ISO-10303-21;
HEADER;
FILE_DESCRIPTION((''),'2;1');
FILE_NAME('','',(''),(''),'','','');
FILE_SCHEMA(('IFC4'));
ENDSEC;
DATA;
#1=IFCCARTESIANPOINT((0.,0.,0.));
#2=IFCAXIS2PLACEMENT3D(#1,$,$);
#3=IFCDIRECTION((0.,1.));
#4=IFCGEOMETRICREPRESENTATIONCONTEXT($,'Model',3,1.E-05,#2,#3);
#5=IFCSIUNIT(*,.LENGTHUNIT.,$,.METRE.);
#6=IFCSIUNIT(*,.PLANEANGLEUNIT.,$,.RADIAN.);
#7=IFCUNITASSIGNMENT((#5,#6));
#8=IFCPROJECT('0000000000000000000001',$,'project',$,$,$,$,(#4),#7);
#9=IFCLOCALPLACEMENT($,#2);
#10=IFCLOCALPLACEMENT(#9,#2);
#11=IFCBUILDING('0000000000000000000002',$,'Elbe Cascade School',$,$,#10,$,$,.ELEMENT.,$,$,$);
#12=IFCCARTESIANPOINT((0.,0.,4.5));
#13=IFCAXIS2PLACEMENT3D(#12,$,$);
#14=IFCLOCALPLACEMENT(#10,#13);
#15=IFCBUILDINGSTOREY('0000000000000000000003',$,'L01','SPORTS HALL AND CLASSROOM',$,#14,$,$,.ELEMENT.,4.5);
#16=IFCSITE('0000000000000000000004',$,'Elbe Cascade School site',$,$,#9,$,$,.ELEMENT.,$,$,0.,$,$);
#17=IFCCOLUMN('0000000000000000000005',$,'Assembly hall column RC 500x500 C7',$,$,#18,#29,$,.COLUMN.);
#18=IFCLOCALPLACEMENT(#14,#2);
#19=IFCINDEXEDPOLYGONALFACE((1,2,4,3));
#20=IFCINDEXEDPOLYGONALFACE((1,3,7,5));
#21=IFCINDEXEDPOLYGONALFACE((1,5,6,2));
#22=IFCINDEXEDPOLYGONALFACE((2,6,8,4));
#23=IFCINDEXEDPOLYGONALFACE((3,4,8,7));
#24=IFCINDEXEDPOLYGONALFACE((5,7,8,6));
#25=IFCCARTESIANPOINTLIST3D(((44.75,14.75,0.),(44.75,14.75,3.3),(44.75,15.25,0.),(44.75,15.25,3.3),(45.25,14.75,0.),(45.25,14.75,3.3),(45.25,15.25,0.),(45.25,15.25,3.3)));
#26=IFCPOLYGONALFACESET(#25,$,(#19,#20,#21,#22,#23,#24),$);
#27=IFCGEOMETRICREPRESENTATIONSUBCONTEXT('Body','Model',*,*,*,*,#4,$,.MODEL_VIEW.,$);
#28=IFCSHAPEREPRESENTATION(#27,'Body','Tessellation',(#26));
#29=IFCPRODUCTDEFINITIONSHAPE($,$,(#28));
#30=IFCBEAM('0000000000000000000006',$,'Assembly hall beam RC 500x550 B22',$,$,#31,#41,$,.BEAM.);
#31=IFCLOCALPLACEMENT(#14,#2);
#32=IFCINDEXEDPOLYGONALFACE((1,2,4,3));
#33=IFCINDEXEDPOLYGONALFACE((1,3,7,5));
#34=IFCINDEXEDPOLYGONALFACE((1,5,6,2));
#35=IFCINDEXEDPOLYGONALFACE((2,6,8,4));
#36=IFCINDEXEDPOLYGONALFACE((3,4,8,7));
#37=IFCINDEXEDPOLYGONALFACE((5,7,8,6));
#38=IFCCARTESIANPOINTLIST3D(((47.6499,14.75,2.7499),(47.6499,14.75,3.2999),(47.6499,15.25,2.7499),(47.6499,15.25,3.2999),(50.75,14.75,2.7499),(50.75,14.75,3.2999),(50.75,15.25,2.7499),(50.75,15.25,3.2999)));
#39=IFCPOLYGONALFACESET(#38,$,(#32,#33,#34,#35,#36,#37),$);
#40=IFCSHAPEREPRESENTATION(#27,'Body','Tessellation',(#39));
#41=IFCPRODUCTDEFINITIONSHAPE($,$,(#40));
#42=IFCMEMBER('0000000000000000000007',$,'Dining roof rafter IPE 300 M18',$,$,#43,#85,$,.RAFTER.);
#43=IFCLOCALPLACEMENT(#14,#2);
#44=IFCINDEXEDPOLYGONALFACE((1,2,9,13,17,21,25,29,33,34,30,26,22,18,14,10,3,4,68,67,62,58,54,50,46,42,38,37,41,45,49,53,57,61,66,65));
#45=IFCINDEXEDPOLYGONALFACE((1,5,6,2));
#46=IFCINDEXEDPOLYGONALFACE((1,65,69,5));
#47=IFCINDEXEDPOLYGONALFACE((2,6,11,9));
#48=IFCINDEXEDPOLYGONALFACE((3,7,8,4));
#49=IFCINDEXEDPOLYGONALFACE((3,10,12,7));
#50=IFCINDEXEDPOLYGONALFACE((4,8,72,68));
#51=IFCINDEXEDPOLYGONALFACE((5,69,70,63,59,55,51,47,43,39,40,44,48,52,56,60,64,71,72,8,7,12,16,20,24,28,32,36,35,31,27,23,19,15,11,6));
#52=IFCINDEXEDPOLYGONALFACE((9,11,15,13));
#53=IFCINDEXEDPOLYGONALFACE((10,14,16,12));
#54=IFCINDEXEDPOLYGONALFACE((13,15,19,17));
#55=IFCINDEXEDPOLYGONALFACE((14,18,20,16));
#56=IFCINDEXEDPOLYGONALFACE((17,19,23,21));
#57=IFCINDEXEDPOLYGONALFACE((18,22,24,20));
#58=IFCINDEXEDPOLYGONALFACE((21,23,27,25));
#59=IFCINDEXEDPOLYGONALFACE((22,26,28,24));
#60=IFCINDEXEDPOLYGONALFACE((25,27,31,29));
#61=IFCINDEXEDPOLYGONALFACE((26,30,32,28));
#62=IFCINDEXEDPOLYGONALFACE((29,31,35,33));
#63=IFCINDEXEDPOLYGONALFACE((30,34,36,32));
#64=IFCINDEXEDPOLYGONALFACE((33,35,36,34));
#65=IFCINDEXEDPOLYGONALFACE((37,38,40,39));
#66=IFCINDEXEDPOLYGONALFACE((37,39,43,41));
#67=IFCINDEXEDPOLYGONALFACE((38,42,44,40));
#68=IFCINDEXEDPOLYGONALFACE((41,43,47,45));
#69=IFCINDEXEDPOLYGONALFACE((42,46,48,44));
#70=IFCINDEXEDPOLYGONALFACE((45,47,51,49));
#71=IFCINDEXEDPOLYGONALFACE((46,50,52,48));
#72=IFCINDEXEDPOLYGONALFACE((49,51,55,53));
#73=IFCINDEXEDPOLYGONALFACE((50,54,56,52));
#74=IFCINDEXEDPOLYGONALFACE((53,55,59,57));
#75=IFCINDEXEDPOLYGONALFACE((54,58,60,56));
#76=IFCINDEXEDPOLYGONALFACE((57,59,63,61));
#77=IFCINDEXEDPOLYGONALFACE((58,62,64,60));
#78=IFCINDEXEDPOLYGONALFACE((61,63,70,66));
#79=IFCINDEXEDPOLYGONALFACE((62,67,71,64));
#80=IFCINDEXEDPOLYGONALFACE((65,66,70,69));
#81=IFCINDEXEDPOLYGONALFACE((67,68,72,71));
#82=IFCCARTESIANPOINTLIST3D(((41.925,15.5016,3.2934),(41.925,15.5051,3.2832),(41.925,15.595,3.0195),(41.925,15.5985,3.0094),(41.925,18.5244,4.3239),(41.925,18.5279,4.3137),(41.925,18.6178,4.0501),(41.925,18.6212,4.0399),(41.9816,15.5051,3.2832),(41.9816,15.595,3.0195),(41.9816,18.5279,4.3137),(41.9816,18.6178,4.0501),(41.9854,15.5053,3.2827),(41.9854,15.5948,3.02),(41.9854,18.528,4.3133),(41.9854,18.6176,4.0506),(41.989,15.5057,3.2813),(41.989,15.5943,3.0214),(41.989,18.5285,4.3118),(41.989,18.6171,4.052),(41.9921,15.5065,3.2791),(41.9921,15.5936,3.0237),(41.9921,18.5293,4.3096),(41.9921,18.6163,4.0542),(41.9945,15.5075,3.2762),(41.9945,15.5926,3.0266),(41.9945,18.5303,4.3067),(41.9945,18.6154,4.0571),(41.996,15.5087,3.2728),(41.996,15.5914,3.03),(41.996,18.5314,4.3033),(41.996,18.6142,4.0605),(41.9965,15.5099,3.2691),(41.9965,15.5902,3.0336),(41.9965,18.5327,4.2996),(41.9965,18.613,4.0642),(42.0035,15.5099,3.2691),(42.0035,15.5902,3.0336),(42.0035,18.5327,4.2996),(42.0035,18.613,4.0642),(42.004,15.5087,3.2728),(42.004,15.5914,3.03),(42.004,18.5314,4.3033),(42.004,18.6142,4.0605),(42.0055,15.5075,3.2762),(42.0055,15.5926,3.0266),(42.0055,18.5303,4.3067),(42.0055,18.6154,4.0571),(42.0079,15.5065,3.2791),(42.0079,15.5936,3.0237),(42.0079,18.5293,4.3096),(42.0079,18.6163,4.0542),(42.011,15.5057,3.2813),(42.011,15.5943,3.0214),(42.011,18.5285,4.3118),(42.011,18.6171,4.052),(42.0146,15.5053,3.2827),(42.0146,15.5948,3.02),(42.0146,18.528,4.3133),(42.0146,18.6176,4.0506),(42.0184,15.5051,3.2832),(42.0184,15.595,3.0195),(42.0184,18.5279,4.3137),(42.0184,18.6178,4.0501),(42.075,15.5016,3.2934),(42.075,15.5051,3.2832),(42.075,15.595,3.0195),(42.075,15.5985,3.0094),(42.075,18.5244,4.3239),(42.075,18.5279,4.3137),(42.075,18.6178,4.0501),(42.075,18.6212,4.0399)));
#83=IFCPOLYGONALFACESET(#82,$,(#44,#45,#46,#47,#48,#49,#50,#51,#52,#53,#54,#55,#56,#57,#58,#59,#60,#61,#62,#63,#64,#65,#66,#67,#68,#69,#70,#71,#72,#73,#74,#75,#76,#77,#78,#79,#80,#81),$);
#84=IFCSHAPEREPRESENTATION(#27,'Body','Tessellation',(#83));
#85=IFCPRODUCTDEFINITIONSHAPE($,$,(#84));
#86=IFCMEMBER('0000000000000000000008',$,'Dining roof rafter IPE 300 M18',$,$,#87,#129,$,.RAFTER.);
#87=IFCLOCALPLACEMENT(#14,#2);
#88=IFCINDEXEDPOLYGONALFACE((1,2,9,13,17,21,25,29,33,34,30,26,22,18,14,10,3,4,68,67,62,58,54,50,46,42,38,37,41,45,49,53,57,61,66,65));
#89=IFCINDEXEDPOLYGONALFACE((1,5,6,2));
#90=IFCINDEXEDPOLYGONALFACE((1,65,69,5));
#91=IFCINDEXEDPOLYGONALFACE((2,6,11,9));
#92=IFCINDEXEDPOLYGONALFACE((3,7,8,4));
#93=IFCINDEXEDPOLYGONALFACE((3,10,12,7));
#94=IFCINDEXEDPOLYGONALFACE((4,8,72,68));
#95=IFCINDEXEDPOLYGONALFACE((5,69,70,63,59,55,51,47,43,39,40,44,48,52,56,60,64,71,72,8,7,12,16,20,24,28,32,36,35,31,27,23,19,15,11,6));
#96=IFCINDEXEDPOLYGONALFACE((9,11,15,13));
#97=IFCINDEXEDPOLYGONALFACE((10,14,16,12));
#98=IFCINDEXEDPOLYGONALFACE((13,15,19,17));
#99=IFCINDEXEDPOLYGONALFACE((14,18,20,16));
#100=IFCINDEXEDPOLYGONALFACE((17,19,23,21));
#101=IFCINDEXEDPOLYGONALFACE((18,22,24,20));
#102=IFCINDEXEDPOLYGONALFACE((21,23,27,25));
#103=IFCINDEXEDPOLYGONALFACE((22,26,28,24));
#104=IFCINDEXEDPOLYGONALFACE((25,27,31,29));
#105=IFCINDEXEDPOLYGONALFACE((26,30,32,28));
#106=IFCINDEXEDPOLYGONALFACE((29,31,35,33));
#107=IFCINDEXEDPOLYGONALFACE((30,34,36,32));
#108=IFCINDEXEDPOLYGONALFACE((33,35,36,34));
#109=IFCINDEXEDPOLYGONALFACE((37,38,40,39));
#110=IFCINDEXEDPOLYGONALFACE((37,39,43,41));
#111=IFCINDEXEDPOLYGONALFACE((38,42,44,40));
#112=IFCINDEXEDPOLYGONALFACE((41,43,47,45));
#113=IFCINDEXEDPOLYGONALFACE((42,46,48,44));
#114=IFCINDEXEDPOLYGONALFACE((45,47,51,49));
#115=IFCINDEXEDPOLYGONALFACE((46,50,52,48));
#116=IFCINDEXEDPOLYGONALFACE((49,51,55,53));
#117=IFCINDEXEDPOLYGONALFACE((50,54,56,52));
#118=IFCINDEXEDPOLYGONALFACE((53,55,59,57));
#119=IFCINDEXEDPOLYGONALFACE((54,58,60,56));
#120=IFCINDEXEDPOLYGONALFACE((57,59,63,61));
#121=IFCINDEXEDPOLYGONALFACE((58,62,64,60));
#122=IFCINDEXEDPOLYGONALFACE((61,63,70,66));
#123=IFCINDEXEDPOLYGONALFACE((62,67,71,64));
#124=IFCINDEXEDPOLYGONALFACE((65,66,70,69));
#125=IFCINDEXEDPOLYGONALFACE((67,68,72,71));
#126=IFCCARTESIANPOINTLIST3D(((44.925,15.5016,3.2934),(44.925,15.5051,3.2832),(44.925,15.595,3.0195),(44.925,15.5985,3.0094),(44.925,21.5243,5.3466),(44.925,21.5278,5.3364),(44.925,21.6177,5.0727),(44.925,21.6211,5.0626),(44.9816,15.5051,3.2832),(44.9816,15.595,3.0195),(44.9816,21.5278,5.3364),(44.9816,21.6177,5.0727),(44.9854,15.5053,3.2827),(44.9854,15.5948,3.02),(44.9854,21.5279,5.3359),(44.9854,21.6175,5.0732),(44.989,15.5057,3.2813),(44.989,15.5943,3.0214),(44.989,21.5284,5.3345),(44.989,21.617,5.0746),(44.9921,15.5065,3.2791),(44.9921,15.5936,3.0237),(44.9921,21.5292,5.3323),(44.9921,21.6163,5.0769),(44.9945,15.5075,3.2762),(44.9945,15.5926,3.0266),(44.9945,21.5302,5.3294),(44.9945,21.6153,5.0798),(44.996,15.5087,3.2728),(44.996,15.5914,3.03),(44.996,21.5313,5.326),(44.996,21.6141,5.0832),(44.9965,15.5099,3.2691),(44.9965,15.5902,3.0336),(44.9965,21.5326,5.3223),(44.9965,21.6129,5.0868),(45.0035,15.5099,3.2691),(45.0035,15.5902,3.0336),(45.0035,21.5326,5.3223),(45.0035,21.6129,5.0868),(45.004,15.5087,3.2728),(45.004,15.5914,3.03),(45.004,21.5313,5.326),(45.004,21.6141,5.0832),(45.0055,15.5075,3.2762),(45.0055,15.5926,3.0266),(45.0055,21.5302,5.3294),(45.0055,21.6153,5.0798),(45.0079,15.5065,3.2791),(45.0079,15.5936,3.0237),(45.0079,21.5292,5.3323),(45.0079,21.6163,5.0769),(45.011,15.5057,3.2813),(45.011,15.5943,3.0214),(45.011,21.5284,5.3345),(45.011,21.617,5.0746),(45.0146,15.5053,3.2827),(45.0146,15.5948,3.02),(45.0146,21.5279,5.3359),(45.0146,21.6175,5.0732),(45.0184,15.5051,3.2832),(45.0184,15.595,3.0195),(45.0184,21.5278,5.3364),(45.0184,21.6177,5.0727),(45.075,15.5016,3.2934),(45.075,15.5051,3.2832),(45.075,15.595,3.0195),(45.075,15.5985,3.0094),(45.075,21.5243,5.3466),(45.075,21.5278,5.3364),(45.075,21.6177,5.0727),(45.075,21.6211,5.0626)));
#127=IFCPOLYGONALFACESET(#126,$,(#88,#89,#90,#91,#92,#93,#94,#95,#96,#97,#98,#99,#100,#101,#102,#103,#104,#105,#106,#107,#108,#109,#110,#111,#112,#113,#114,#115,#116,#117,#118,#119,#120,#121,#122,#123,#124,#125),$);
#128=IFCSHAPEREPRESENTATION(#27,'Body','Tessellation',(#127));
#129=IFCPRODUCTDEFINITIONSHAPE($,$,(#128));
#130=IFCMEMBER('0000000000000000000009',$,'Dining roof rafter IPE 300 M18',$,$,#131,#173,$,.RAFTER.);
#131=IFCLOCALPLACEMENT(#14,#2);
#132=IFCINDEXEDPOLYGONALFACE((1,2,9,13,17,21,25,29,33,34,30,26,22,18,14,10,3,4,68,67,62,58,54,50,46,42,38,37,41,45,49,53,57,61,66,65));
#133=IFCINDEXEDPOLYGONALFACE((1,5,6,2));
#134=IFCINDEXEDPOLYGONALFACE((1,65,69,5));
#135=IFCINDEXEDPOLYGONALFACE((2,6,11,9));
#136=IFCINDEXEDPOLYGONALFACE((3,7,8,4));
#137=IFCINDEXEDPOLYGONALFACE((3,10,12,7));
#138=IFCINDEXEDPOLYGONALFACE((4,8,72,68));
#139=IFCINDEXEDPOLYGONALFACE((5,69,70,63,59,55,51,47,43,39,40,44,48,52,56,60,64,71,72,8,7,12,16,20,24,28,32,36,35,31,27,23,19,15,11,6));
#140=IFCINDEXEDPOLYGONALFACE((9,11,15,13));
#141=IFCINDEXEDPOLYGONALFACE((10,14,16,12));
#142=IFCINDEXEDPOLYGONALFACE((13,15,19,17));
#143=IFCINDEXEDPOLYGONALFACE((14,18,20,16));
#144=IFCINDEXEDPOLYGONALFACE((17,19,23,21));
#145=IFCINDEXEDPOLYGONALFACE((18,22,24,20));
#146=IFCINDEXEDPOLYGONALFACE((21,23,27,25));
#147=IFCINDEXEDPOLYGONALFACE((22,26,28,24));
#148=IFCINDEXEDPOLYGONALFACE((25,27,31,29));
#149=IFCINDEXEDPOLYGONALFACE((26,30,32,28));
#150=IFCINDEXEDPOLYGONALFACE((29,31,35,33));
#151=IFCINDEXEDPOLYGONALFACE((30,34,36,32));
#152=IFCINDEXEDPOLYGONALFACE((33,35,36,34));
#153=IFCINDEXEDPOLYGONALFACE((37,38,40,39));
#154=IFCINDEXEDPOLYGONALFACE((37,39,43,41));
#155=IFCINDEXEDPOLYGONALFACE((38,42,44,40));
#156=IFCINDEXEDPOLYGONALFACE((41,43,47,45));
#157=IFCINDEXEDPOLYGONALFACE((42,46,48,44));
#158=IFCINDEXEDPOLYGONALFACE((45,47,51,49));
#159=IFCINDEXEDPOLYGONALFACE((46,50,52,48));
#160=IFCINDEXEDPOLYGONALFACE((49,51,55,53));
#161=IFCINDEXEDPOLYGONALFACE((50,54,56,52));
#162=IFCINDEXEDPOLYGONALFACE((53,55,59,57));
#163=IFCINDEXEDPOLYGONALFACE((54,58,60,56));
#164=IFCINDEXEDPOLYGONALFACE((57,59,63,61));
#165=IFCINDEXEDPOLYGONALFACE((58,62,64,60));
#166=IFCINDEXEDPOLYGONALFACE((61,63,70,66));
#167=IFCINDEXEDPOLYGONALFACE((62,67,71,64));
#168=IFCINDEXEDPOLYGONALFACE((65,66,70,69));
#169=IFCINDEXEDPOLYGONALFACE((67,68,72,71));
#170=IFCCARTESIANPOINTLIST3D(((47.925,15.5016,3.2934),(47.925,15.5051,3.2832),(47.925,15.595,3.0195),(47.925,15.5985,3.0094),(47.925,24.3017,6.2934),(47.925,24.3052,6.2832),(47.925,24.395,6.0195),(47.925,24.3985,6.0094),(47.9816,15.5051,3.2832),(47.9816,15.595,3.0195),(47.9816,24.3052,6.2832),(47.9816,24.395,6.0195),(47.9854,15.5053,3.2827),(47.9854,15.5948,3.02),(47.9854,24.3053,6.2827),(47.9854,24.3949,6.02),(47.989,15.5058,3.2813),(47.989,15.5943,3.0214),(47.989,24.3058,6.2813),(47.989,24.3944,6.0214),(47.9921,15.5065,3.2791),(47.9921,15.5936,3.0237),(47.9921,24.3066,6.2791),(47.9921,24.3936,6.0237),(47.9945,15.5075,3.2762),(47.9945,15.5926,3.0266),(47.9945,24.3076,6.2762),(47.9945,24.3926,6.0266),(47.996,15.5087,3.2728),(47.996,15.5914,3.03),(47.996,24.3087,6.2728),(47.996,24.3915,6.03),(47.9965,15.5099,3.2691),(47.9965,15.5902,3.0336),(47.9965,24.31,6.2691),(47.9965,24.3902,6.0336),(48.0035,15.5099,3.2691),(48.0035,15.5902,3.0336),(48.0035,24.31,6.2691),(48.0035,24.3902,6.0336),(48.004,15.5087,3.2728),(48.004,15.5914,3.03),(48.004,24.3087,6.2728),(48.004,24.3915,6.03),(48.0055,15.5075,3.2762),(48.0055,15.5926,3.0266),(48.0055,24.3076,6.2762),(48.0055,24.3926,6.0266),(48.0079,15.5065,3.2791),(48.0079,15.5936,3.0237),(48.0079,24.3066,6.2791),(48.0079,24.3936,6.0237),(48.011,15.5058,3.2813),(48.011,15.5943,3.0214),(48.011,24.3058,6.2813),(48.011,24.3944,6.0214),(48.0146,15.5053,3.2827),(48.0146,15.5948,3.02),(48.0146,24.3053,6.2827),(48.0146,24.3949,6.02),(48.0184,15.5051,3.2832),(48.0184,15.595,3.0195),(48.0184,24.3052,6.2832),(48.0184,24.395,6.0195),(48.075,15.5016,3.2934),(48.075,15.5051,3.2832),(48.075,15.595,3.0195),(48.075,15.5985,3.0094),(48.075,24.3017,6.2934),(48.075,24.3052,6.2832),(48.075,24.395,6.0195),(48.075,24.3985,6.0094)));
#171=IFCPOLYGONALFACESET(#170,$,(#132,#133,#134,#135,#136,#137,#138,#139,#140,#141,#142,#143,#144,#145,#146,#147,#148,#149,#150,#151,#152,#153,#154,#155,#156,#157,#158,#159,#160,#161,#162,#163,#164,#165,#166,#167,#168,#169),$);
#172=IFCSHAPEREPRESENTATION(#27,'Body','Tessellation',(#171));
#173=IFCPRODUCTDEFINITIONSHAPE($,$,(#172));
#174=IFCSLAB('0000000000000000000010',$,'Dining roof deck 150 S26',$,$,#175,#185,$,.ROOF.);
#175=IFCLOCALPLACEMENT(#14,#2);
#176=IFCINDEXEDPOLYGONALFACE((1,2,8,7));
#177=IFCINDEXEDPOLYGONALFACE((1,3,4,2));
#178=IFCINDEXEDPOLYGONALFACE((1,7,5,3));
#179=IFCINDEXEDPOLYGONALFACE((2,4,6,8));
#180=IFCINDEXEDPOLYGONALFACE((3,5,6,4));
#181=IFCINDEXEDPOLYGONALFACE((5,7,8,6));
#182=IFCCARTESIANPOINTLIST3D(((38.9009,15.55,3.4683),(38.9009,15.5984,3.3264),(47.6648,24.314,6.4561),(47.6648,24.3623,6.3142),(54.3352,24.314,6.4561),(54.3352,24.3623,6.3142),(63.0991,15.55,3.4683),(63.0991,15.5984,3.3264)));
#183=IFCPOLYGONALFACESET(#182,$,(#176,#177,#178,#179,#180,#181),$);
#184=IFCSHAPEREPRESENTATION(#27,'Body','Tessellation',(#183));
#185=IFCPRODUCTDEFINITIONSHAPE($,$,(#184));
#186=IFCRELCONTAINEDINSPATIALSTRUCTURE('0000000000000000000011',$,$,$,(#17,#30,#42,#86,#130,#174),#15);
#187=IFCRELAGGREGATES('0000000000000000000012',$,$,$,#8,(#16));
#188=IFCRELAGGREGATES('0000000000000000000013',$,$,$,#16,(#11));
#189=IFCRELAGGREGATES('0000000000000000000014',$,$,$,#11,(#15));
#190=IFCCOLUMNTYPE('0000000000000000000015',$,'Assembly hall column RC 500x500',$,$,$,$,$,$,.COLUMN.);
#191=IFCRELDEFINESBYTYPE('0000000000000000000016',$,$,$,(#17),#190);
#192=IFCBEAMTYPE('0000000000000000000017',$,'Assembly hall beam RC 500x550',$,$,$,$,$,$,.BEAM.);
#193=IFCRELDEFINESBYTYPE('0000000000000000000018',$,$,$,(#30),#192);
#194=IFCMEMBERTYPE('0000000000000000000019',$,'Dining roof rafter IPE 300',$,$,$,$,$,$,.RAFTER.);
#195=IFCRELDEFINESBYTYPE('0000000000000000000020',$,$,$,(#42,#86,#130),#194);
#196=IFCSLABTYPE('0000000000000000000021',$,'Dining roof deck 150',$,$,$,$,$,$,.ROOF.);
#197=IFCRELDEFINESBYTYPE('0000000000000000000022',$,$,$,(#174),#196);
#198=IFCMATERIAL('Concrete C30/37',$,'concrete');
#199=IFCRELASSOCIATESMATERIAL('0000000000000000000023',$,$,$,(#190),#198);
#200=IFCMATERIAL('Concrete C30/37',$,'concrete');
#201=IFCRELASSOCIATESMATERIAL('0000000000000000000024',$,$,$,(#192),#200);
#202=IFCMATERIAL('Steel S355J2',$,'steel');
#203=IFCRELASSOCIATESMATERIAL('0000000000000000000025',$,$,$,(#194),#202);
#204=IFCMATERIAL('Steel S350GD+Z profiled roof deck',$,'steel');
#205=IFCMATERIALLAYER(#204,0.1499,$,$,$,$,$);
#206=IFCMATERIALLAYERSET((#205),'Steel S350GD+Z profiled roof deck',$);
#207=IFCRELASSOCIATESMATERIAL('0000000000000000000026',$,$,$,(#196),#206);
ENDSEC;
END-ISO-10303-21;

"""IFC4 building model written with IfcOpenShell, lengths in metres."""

from ifc_helpers import new_model, si_unit, direction, frame, origin, origin_2d, place, context, subcontext, project, spatial, polyline, rectangle, i_section, outline, extrude, material, layer, layer_set, material_profile, profile_set, type_object, element, save


model = new_model("IFC4")

# Units and contexts
model_context = context("Model", 3, precision=1e-05, world=origin(), true_north=direction((0.0, 1.0)))
body_context = subcontext(model_context, "Body", "Model", "MODEL_VIEW")
ifc_project = project(units=[si_unit("LENGTHUNIT", "METRE"), si_unit("PLANEANGLEUNIT", "RADIAN")], contexts=[model_context])

# Site, building, storey
site_placement = place(None, origin())
site = spatial("IfcSite", under=ifc_project, at=site_placement, Name="Elbe Cascade School site", CompositionType="ELEMENT", RefElevation=0.0)
building_placement = place(site_placement, origin())
building = spatial("IfcBuilding", under=site, at=building_placement, Name="Elbe Cascade School", CompositionType="ELEMENT")
storey_placement = place(building_placement, frame((0.0, 0.0, 4.5)))
storey = spatial("IfcBuildingStorey", under=building, at=storey_placement, Name="L01", Description="SPORTS HALL AND CLASSROOM", CompositionType="ELEMENT", Elevation=4.5)

# Column
ifc_material_1 = material(Name="Concrete C30/37", Category="concrete")
ifc_material_profile_1 = material_profile(ifc_material_1, rectangle(XDim=0.5, YDim=0.5, at=origin_2d()), Name="RC 500x500")
ifc_profile_set_1 = profile_set([ifc_material_profile_1], Name="Concrete C30/37")
column_type = type_object("IfcColumnType", Name="Assembly hall column RC 500x500", PredefinedType="COLUMN", material=ifc_profile_set_1)
column_placement = place(storey_placement, frame((45.0, 15.0, 0.0), z_axis=(0.0, 0.0, 1.0), x_axis=(1.0, 0.0, 0.0)))
element("IfcColumn", 1, at=column_placement, inside=storey, type_object=column_type, Name="Assembly hall column RC 500x500 C7", PredefinedType="COLUMN", context=body_context, shape_type="SweptSolid", body=[
    extrude(rectangle(XDim=0.5, YDim=0.5, at=origin_2d()), origin(), (0.0, 0.0, 1.0), 3.3),
])

# Beam
ifc_material_2 = material(Name="Concrete C30/37", Category="concrete")
ifc_material_profile_2 = material_profile(ifc_material_2, rectangle(XDim=0.5, YDim=0.55, at=origin_2d()), Name="RC 500x550")
ifc_profile_set_2 = profile_set([ifc_material_profile_2], Name="Concrete C30/37")
beam_type = type_object("IfcBeamType", Name="Assembly hall beam RC 500x550", PredefinedType="BEAM", material=ifc_profile_set_2)
beam_placement = place(storey_placement, frame((47.6499, 15.0, 3.0249), z_axis=(1.0, 0.0, 0.0), x_axis=(0.0, 1.0, 0.0)))
element("IfcBeam", 2, at=beam_placement, inside=storey, type_object=beam_type, Name="Assembly hall beam RC 500x550 B22", PredefinedType="BEAM", context=body_context, shape_type="SweptSolid", body=[
    extrude(rectangle(XDim=0.5, YDim=0.55, at=origin_2d()), origin(), (0.0, 0.0, 1.0), 3.1001),
])

# Members
ifc_material_3 = material(Name="Steel S355J2", Category="steel")
ifc_material_profile_3 = material_profile(ifc_material_3, i_section(OverallWidth=0.1499, OverallDepth=0.3, WebThickness=0.0071, FlangeThickness=0.0107, FilletRadius=0.0149, at=origin_2d()), Name="IPE 300")
ifc_profile_set_3 = profile_set([ifc_material_profile_3], Name="Steel S355J2")
member_type = type_object("IfcMemberType", Name="Dining roof rafter IPE 300", PredefinedType="RAFTER", material=ifc_profile_set_3)
member_1_placement = place(storey_placement, frame((42.0, 15.55, 3.1514), z_axis=(0.0, 0.946505, 0.322688), x_axis=(-1.0, 0.0, 0.0)))
element("IfcMember", 3, at=member_1_placement, inside=storey, type_object=member_type, Name="Dining roof rafter IPE 300 M18", PredefinedType="RAFTER", context=body_context, shape_type="SweptSolid", body=[
    extrude(i_section(OverallWidth=0.1499, OverallDepth=0.3, WebThickness=0.0071, FlangeThickness=0.0107, FilletRadius=0.0149, at=origin_2d()), origin(), (0.0, 0.0, 1.0), 3.1936),
])
member_2_placement = place(storey_placement, frame((45.0, 15.55, 3.1514), z_axis=(0.0, 0.946509, 0.322678), x_axis=(-1.0, 0.0, 0.0)))
element("IfcMember", 4, at=member_2_placement, inside=storey, type_object=member_type, Name="Dining roof rafter IPE 300 M18", PredefinedType="RAFTER", context=body_context, shape_type="SweptSolid", body=[
    extrude(i_section(OverallWidth=0.1499, OverallDepth=0.3, WebThickness=0.0071, FlangeThickness=0.0107, FilletRadius=0.0149, at=origin_2d()), origin(), (0.0, 0.0, 1.0), 6.363),
])
member_3_placement = place(storey_placement, frame((48.0, 15.55, 3.1514), z_axis=(0.0, 0.946511, 0.322672), x_axis=(-1.0, 0.0, 0.0)))
element("IfcMember", 5, at=member_3_placement, inside=storey, type_object=member_type, Name="Dining roof rafter IPE 300 M18", PredefinedType="RAFTER", context=body_context, shape_type="SweptSolid", body=[
    extrude(i_section(OverallWidth=0.1499, OverallDepth=0.3, WebThickness=0.0071, FlangeThickness=0.0107, FilletRadius=0.0149, at=origin_2d()), origin(), (0.0, 0.0, 1.0), 9.2974),
])

# Slab
ifc_material_4 = material(Name="Steel S350GD+Z profiled roof deck", Category="steel")
ifc_layer_1 = layer(ifc_material_4, 0.1499)
ifc_layer_set_1 = layer_set([ifc_layer_1], Name="Steel S350GD+Z profiled roof deck")
slab_type = type_object("IfcSlabType", Name="Dining roof deck 150", PredefinedType="ROOF", material=ifc_layer_set_1)
slab_1_placement = place(storey_placement, frame((47.6648, 24.314, 6.4561), z_axis=(0.0, -0.322683, 0.946507), x_axis=(1.0, 0.0, 0.0)))
element("IfcSlab", 6, at=slab_1_placement, inside=storey, type_object=slab_type, Name="Dining roof deck 150 S26", PredefinedType="ROOF", context=body_context, shape_type="SweptSolid", body=[
    extrude(outline(polyline([(0.0, 0.0), (6.6704, 0.0), (15.4343, -9.2592), (-8.7639, -9.2592), (0.0, 0.0)])), origin(), (0.0, 0.0, -1.0), 0.1499),
])

save(model, "model.ifc")
